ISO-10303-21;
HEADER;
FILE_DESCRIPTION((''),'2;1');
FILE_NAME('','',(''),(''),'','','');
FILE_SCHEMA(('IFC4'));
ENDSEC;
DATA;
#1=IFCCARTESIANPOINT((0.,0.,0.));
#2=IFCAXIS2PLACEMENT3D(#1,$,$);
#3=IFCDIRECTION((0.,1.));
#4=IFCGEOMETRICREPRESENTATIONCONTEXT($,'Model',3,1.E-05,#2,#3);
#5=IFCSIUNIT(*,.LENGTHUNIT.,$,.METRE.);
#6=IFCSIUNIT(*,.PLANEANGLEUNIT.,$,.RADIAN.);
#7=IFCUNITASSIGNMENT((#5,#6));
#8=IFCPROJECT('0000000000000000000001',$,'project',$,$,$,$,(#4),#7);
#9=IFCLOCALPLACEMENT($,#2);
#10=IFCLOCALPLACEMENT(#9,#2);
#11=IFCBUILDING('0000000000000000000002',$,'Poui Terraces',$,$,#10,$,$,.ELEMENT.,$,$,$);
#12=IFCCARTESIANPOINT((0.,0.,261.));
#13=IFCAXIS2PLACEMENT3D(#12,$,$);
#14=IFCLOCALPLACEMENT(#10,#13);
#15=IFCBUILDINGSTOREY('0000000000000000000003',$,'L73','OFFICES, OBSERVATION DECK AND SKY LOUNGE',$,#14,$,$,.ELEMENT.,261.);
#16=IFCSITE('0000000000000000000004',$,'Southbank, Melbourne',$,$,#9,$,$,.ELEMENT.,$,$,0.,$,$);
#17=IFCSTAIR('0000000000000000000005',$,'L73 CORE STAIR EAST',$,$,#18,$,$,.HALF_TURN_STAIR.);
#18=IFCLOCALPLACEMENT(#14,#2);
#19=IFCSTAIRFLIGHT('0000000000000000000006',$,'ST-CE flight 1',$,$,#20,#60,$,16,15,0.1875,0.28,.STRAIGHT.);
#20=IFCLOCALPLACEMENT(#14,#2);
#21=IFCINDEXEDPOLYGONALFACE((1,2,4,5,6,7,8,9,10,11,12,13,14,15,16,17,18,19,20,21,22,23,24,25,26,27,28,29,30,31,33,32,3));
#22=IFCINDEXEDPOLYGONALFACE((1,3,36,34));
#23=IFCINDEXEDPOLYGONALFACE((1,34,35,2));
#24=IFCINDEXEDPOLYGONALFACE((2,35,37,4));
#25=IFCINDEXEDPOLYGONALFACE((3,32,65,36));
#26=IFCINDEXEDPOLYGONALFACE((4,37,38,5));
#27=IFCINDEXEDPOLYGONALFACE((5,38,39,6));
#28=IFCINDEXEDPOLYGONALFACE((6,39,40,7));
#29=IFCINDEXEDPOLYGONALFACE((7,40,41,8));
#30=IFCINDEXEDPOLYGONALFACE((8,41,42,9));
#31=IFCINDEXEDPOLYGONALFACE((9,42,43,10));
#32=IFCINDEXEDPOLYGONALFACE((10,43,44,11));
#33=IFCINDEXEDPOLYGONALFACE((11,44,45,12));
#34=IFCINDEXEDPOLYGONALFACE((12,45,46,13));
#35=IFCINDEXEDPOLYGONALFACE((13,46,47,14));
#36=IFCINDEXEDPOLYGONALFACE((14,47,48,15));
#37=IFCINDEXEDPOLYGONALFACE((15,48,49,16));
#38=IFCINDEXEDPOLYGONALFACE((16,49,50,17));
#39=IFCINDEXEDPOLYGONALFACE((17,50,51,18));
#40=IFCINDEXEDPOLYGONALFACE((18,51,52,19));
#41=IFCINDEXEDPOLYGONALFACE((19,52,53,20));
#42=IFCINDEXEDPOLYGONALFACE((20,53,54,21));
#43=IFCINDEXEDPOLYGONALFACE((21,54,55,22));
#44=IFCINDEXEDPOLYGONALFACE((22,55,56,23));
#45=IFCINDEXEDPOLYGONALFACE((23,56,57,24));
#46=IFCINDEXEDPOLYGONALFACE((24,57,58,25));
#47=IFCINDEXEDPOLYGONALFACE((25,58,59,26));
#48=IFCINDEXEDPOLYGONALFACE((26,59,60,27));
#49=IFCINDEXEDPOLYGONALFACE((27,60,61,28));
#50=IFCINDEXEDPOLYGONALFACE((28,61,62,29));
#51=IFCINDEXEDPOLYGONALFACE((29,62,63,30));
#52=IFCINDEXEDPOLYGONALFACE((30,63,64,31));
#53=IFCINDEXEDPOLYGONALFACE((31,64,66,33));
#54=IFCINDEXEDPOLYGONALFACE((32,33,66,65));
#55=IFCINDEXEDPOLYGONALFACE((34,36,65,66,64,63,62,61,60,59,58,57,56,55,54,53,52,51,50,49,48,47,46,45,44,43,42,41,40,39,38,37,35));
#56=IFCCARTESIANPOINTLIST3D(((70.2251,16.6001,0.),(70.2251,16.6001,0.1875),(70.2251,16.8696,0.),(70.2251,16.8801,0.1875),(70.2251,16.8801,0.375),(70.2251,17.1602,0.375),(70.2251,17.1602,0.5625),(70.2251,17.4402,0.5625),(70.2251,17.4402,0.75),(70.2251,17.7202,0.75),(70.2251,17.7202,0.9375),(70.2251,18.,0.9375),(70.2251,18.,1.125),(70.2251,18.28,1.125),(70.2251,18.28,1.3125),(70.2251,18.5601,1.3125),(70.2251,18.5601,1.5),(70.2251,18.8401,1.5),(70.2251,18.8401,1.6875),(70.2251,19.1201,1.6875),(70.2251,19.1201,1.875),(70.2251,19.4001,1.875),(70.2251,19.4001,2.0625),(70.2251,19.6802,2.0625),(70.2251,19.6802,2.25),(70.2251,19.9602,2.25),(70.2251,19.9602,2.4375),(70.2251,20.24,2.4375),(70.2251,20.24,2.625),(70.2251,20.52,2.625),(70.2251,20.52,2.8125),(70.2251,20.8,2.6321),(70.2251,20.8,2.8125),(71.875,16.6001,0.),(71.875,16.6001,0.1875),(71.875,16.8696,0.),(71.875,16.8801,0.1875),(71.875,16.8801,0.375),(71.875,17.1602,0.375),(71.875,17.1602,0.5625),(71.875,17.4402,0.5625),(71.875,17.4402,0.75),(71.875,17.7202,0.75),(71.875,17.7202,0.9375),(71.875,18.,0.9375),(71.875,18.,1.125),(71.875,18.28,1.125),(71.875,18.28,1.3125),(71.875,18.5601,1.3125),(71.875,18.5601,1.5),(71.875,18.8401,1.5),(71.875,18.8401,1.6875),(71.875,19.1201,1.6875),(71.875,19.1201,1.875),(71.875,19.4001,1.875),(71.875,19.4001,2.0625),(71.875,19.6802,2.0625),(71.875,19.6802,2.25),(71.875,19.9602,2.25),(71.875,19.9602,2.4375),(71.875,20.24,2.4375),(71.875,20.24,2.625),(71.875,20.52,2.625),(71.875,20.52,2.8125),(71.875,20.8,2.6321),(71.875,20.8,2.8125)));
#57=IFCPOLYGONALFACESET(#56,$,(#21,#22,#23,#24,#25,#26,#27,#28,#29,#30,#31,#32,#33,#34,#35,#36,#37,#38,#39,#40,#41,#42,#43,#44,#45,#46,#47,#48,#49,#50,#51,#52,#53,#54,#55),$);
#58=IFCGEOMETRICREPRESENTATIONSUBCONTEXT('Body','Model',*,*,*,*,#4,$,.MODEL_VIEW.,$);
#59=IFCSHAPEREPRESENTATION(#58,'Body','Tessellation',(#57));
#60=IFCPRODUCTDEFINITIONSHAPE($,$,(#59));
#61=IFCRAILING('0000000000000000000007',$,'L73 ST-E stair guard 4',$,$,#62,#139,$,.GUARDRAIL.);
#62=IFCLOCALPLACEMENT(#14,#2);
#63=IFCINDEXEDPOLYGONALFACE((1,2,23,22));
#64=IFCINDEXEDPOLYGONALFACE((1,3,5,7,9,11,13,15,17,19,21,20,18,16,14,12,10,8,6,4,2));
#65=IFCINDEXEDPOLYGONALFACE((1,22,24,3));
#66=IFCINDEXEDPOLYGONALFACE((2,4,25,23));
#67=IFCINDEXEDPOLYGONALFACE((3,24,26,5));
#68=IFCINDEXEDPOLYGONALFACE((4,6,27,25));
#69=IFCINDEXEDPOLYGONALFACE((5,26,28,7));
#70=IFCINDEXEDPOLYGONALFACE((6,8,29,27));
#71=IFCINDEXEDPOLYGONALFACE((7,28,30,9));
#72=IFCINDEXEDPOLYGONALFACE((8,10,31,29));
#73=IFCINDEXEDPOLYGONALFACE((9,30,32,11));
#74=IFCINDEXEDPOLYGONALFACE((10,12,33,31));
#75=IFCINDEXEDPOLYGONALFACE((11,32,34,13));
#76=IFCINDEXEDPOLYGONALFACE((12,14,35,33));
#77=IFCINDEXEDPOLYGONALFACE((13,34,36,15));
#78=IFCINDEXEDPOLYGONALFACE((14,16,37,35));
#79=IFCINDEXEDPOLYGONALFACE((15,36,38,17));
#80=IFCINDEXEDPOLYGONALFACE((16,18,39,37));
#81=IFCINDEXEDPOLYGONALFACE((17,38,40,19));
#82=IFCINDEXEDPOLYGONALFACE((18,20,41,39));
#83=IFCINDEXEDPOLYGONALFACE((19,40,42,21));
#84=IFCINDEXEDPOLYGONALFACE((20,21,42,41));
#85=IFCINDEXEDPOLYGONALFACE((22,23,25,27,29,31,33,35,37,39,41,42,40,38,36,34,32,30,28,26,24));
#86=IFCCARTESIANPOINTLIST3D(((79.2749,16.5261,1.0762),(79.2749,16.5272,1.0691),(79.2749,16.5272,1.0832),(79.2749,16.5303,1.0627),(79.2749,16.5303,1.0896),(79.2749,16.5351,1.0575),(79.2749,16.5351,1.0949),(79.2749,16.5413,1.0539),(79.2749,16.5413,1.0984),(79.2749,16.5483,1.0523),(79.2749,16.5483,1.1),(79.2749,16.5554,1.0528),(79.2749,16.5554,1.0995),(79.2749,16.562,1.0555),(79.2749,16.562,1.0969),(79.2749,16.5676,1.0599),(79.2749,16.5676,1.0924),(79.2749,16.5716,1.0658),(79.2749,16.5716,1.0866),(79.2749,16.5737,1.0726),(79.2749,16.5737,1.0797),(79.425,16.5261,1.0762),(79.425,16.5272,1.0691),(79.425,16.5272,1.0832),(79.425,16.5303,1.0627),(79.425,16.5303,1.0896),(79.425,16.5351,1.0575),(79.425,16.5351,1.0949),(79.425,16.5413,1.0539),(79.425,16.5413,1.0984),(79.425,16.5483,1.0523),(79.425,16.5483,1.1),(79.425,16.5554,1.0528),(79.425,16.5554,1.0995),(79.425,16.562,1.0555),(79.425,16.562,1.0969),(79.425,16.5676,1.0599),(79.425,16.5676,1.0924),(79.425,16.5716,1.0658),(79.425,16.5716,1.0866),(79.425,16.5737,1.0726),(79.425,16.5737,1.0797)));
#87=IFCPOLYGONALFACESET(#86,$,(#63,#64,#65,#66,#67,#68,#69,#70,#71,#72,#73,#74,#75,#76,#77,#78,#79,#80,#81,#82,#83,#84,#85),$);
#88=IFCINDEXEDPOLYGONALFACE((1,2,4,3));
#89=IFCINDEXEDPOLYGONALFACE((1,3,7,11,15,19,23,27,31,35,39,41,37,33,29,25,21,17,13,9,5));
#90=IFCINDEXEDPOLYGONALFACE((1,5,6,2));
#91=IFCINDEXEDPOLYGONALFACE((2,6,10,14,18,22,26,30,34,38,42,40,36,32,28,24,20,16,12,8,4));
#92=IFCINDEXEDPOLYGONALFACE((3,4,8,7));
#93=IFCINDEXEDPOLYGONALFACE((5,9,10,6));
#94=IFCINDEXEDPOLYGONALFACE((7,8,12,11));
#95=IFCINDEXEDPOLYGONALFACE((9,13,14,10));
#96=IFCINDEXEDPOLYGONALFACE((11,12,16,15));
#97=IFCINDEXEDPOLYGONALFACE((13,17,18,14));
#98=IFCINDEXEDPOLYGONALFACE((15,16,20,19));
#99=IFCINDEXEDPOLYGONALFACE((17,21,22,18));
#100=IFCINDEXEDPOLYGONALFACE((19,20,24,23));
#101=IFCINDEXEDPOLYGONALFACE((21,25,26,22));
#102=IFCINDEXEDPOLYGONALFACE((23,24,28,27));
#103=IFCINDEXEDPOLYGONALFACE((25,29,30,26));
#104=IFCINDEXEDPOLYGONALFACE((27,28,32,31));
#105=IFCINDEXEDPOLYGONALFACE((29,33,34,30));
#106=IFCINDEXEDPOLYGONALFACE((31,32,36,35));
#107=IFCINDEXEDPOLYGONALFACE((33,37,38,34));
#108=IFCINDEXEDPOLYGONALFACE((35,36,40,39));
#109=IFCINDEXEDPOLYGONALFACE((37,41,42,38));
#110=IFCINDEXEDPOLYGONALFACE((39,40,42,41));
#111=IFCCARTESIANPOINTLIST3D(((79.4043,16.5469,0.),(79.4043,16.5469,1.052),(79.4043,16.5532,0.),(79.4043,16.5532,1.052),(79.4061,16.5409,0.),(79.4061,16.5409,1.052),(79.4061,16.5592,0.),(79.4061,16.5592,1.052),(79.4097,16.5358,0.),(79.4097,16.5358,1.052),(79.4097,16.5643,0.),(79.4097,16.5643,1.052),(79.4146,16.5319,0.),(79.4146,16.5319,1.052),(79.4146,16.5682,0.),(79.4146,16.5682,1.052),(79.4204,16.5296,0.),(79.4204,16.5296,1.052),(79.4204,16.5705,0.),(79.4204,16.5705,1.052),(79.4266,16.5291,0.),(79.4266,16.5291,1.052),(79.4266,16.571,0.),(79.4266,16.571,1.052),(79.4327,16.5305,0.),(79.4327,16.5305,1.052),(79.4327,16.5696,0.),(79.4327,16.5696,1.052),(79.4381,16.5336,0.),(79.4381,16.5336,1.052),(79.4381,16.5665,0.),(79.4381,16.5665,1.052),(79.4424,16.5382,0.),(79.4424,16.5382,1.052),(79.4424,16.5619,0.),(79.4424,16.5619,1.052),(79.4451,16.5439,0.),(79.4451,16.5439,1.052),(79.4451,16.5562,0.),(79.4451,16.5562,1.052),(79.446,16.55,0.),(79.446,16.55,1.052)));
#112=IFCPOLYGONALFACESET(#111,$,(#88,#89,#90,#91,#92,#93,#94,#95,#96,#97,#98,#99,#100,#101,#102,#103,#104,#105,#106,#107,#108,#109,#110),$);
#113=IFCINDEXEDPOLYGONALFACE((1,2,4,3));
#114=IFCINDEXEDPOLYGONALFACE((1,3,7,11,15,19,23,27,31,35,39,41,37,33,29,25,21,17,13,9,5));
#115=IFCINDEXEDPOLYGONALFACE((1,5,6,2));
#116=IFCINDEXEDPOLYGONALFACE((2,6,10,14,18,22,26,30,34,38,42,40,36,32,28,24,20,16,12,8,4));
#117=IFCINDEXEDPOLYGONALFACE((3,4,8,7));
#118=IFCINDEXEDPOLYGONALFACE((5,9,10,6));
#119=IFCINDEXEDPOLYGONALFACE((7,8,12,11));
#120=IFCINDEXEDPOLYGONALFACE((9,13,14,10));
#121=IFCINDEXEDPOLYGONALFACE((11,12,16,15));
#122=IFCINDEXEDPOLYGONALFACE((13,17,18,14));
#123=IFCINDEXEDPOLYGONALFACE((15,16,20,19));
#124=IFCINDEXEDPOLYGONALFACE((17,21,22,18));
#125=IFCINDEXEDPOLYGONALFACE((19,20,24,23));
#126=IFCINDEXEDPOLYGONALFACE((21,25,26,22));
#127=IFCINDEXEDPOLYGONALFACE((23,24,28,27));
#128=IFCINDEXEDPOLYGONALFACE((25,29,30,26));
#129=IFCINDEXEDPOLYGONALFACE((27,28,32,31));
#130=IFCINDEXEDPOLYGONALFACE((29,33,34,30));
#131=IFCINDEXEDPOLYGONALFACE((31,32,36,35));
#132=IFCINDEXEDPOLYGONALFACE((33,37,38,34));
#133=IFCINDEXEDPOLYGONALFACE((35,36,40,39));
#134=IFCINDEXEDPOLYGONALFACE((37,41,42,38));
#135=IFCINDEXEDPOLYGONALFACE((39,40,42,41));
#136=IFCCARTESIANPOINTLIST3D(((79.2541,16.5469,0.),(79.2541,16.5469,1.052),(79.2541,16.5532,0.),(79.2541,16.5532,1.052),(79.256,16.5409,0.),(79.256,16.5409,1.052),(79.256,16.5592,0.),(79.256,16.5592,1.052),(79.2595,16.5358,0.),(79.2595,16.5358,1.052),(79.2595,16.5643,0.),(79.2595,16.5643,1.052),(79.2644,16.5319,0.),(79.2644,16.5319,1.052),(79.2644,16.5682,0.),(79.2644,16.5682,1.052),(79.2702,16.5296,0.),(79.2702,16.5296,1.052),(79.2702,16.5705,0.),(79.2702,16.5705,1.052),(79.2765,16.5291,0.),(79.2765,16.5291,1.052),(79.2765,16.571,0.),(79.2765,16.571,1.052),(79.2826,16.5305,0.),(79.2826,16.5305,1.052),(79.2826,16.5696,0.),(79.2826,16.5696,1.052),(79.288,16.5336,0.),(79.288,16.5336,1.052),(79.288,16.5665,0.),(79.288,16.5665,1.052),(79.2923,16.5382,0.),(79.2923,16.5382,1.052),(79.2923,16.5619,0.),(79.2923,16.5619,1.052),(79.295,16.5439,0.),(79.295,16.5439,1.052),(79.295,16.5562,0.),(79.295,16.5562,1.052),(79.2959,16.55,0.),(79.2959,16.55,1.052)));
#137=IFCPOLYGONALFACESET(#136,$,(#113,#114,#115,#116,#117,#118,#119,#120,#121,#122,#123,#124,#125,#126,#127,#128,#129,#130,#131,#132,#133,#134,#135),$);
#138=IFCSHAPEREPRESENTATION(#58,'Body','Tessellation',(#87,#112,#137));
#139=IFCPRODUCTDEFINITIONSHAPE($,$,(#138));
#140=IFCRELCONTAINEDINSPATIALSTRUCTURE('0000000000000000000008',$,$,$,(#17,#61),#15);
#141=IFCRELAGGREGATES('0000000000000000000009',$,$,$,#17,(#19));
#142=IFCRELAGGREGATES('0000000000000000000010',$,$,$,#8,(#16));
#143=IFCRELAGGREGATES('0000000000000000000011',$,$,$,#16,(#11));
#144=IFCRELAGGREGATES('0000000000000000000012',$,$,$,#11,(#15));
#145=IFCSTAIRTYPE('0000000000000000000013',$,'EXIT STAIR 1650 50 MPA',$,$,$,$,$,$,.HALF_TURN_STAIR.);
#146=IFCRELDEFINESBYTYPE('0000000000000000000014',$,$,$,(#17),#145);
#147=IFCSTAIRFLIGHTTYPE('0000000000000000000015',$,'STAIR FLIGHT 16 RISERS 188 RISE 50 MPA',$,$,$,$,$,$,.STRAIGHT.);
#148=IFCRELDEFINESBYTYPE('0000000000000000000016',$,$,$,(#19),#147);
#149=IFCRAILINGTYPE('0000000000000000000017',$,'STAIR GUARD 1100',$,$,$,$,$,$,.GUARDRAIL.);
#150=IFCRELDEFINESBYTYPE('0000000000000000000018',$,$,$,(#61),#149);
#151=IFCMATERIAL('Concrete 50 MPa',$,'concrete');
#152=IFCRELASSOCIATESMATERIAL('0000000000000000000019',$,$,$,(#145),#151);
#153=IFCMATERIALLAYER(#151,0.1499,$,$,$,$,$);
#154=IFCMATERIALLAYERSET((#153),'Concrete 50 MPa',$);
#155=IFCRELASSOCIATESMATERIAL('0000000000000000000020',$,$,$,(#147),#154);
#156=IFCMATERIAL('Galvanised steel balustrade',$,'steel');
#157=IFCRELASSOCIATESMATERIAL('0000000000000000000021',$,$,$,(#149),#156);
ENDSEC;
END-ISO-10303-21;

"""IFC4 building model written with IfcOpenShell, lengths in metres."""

from ifc_helpers import new_model, si_unit, direction, frame, origin, origin_2d, place, context, subcontext, project, spatial, polyline, circle, outline, extrude, material, layer, layer_set, type_object, element, aggregate, save


model = new_model("IFC4")

# Units and contexts
model_context = context("Model", 3, precision=1e-05, world=origin(), true_north=direction((0.0, 1.0)))
body_context = subcontext(model_context, "Body", "Model", "MODEL_VIEW")
ifc_project = project(units=[si_unit("LENGTHUNIT", "METRE"), si_unit("PLANEANGLEUNIT", "RADIAN")], contexts=[model_context])

# Site, building, storey
site_placement = place(None, origin())
site = spatial("IfcSite", under=ifc_project, at=site_placement, Name="Southbank, Melbourne", CompositionType="ELEMENT", RefElevation=0.0)
building_placement = place(site_placement, origin())
building = spatial("IfcBuilding", under=site, at=building_placement, Name="Poui Terraces", CompositionType="ELEMENT")
storey_placement = place(building_placement, frame((0.0, 0.0, 261.0)))
storey = spatial("IfcBuildingStorey", under=building, at=storey_placement, Name="L73", Description="OFFICES, OBSERVATION DECK AND SKY LOUNGE", CompositionType="ELEMENT", Elevation=261.0)

# Shared definitions
ifc_material_1 = material(Name="Concrete 50 MPa", Category="concrete")

# Stair, stair flight
stair_type = type_object("IfcStairType", Name="EXIT STAIR 1650 50 MPA", PredefinedType="HALF_TURN_STAIR", material=ifc_material_1)
stair_placement = place(storey_placement, origin())
stair = element("IfcStair", 1, at=stair_placement, inside=storey, type_object=stair_type, Name="L73 CORE STAIR EAST", PredefinedType="HALF_TURN_STAIR")
ifc_layer_1 = layer(ifc_material_1, 0.1499)
ifc_layer_set_1 = layer_set([ifc_layer_1], Name="Concrete 50 MPa")
stair_flight_type = type_object("IfcStairFlightType", Name="STAIR FLIGHT 16 RISERS 188 RISE 50 MPA", PredefinedType="STRAIGHT", material=ifc_layer_set_1)
stair_flight_placement = place(storey_placement, frame((71.05, 16.6001, 0.0), z_axis=(0.0, 0.0, 1.0), x_axis=(0.0, 1.0, 0.0)))
stair_flight = element("IfcStairFlight", 2, at=stair_flight_placement, type_object=stair_flight_type, Name="ST-CE flight 1", NumberOfRisers=16, NumberOfTreads=15, PredefinedType="STRAIGHT", RiserHeight=0.1875, TreadLength=0.28, context=body_context, shape_type="SweptSolid", body=[
    extrude(outline(polyline([(0.0, 0.0), (0.0, 0.1875), (0.28, 0.1875), (0.28, 0.375), (0.5601, 0.375), (0.5601, 0.5625), (0.8401, 0.5625), (0.8401, 0.75), (1.1201, 0.75), (1.1201, 0.9375), (1.3999, 0.9375), (1.3999, 1.125), (1.6799, 1.125), (1.6799, 1.3125), (1.96, 1.3125), (1.96, 1.5), (2.24, 1.5), (2.24, 1.6875), (2.52, 1.6875), (2.52, 1.875), (2.8, 1.875), (2.8, 2.0625), (3.0801, 2.0625), (3.0801, 2.25), (3.3601, 2.25), (3.3601, 2.4375), (3.6399, 2.4375), (3.6399, 2.625), (3.9199, 2.625), (3.9199, 2.8125), (4.2, 2.8125), (4.2, 3.0), (4.2, 2.6321), (0.2695, 0.0), (0.0, 0.0)])), frame((0.0, 0.825, 0.0), z_axis=(0.0, -1.0, 0.0), x_axis=(1.0, 0.0, 0.0)), (0.0, 0.0, 1.0), 1.6499),
])
aggregate(stair, [stair_flight])

# Railing
ifc_material_2 = material(Name="Galvanised steel balustrade", Category="steel")
railing_type = type_object("IfcRailingType", Name="STAIR GUARD 1100", PredefinedType="GUARDRAIL", material=ifc_material_2)
railing_1_placement = place(storey_placement, frame((79.425, 16.55, 0.0)))
element("IfcRailing", 3, at=railing_1_placement, inside=storey, type_object=railing_type, Name="L73 ST-E stair guard 4", PredefinedType="GUARDRAIL", context=body_context, shape_type="SweptSolid", body=[
    extrude(circle(Radius=0.0239, at=origin_2d()), frame((0.0, 0.0, 1.0762), z_axis=(-1.0, 0.0, 0.0), x_axis=(0.0, -1.0, 0.0)), (0.0, 0.0, 1.0), 0.1501),
    extrude(circle(Radius=0.021, at=origin_2d()), origin(), (0.0, 0.0, 1.0), 1.052),
    extrude(circle(Radius=0.021, at=origin_2d()), frame((-0.1501, 0.0, 0.0)), (0.0, 0.0, 1.0), 1.052),
])

save(model, "model.ifc")
